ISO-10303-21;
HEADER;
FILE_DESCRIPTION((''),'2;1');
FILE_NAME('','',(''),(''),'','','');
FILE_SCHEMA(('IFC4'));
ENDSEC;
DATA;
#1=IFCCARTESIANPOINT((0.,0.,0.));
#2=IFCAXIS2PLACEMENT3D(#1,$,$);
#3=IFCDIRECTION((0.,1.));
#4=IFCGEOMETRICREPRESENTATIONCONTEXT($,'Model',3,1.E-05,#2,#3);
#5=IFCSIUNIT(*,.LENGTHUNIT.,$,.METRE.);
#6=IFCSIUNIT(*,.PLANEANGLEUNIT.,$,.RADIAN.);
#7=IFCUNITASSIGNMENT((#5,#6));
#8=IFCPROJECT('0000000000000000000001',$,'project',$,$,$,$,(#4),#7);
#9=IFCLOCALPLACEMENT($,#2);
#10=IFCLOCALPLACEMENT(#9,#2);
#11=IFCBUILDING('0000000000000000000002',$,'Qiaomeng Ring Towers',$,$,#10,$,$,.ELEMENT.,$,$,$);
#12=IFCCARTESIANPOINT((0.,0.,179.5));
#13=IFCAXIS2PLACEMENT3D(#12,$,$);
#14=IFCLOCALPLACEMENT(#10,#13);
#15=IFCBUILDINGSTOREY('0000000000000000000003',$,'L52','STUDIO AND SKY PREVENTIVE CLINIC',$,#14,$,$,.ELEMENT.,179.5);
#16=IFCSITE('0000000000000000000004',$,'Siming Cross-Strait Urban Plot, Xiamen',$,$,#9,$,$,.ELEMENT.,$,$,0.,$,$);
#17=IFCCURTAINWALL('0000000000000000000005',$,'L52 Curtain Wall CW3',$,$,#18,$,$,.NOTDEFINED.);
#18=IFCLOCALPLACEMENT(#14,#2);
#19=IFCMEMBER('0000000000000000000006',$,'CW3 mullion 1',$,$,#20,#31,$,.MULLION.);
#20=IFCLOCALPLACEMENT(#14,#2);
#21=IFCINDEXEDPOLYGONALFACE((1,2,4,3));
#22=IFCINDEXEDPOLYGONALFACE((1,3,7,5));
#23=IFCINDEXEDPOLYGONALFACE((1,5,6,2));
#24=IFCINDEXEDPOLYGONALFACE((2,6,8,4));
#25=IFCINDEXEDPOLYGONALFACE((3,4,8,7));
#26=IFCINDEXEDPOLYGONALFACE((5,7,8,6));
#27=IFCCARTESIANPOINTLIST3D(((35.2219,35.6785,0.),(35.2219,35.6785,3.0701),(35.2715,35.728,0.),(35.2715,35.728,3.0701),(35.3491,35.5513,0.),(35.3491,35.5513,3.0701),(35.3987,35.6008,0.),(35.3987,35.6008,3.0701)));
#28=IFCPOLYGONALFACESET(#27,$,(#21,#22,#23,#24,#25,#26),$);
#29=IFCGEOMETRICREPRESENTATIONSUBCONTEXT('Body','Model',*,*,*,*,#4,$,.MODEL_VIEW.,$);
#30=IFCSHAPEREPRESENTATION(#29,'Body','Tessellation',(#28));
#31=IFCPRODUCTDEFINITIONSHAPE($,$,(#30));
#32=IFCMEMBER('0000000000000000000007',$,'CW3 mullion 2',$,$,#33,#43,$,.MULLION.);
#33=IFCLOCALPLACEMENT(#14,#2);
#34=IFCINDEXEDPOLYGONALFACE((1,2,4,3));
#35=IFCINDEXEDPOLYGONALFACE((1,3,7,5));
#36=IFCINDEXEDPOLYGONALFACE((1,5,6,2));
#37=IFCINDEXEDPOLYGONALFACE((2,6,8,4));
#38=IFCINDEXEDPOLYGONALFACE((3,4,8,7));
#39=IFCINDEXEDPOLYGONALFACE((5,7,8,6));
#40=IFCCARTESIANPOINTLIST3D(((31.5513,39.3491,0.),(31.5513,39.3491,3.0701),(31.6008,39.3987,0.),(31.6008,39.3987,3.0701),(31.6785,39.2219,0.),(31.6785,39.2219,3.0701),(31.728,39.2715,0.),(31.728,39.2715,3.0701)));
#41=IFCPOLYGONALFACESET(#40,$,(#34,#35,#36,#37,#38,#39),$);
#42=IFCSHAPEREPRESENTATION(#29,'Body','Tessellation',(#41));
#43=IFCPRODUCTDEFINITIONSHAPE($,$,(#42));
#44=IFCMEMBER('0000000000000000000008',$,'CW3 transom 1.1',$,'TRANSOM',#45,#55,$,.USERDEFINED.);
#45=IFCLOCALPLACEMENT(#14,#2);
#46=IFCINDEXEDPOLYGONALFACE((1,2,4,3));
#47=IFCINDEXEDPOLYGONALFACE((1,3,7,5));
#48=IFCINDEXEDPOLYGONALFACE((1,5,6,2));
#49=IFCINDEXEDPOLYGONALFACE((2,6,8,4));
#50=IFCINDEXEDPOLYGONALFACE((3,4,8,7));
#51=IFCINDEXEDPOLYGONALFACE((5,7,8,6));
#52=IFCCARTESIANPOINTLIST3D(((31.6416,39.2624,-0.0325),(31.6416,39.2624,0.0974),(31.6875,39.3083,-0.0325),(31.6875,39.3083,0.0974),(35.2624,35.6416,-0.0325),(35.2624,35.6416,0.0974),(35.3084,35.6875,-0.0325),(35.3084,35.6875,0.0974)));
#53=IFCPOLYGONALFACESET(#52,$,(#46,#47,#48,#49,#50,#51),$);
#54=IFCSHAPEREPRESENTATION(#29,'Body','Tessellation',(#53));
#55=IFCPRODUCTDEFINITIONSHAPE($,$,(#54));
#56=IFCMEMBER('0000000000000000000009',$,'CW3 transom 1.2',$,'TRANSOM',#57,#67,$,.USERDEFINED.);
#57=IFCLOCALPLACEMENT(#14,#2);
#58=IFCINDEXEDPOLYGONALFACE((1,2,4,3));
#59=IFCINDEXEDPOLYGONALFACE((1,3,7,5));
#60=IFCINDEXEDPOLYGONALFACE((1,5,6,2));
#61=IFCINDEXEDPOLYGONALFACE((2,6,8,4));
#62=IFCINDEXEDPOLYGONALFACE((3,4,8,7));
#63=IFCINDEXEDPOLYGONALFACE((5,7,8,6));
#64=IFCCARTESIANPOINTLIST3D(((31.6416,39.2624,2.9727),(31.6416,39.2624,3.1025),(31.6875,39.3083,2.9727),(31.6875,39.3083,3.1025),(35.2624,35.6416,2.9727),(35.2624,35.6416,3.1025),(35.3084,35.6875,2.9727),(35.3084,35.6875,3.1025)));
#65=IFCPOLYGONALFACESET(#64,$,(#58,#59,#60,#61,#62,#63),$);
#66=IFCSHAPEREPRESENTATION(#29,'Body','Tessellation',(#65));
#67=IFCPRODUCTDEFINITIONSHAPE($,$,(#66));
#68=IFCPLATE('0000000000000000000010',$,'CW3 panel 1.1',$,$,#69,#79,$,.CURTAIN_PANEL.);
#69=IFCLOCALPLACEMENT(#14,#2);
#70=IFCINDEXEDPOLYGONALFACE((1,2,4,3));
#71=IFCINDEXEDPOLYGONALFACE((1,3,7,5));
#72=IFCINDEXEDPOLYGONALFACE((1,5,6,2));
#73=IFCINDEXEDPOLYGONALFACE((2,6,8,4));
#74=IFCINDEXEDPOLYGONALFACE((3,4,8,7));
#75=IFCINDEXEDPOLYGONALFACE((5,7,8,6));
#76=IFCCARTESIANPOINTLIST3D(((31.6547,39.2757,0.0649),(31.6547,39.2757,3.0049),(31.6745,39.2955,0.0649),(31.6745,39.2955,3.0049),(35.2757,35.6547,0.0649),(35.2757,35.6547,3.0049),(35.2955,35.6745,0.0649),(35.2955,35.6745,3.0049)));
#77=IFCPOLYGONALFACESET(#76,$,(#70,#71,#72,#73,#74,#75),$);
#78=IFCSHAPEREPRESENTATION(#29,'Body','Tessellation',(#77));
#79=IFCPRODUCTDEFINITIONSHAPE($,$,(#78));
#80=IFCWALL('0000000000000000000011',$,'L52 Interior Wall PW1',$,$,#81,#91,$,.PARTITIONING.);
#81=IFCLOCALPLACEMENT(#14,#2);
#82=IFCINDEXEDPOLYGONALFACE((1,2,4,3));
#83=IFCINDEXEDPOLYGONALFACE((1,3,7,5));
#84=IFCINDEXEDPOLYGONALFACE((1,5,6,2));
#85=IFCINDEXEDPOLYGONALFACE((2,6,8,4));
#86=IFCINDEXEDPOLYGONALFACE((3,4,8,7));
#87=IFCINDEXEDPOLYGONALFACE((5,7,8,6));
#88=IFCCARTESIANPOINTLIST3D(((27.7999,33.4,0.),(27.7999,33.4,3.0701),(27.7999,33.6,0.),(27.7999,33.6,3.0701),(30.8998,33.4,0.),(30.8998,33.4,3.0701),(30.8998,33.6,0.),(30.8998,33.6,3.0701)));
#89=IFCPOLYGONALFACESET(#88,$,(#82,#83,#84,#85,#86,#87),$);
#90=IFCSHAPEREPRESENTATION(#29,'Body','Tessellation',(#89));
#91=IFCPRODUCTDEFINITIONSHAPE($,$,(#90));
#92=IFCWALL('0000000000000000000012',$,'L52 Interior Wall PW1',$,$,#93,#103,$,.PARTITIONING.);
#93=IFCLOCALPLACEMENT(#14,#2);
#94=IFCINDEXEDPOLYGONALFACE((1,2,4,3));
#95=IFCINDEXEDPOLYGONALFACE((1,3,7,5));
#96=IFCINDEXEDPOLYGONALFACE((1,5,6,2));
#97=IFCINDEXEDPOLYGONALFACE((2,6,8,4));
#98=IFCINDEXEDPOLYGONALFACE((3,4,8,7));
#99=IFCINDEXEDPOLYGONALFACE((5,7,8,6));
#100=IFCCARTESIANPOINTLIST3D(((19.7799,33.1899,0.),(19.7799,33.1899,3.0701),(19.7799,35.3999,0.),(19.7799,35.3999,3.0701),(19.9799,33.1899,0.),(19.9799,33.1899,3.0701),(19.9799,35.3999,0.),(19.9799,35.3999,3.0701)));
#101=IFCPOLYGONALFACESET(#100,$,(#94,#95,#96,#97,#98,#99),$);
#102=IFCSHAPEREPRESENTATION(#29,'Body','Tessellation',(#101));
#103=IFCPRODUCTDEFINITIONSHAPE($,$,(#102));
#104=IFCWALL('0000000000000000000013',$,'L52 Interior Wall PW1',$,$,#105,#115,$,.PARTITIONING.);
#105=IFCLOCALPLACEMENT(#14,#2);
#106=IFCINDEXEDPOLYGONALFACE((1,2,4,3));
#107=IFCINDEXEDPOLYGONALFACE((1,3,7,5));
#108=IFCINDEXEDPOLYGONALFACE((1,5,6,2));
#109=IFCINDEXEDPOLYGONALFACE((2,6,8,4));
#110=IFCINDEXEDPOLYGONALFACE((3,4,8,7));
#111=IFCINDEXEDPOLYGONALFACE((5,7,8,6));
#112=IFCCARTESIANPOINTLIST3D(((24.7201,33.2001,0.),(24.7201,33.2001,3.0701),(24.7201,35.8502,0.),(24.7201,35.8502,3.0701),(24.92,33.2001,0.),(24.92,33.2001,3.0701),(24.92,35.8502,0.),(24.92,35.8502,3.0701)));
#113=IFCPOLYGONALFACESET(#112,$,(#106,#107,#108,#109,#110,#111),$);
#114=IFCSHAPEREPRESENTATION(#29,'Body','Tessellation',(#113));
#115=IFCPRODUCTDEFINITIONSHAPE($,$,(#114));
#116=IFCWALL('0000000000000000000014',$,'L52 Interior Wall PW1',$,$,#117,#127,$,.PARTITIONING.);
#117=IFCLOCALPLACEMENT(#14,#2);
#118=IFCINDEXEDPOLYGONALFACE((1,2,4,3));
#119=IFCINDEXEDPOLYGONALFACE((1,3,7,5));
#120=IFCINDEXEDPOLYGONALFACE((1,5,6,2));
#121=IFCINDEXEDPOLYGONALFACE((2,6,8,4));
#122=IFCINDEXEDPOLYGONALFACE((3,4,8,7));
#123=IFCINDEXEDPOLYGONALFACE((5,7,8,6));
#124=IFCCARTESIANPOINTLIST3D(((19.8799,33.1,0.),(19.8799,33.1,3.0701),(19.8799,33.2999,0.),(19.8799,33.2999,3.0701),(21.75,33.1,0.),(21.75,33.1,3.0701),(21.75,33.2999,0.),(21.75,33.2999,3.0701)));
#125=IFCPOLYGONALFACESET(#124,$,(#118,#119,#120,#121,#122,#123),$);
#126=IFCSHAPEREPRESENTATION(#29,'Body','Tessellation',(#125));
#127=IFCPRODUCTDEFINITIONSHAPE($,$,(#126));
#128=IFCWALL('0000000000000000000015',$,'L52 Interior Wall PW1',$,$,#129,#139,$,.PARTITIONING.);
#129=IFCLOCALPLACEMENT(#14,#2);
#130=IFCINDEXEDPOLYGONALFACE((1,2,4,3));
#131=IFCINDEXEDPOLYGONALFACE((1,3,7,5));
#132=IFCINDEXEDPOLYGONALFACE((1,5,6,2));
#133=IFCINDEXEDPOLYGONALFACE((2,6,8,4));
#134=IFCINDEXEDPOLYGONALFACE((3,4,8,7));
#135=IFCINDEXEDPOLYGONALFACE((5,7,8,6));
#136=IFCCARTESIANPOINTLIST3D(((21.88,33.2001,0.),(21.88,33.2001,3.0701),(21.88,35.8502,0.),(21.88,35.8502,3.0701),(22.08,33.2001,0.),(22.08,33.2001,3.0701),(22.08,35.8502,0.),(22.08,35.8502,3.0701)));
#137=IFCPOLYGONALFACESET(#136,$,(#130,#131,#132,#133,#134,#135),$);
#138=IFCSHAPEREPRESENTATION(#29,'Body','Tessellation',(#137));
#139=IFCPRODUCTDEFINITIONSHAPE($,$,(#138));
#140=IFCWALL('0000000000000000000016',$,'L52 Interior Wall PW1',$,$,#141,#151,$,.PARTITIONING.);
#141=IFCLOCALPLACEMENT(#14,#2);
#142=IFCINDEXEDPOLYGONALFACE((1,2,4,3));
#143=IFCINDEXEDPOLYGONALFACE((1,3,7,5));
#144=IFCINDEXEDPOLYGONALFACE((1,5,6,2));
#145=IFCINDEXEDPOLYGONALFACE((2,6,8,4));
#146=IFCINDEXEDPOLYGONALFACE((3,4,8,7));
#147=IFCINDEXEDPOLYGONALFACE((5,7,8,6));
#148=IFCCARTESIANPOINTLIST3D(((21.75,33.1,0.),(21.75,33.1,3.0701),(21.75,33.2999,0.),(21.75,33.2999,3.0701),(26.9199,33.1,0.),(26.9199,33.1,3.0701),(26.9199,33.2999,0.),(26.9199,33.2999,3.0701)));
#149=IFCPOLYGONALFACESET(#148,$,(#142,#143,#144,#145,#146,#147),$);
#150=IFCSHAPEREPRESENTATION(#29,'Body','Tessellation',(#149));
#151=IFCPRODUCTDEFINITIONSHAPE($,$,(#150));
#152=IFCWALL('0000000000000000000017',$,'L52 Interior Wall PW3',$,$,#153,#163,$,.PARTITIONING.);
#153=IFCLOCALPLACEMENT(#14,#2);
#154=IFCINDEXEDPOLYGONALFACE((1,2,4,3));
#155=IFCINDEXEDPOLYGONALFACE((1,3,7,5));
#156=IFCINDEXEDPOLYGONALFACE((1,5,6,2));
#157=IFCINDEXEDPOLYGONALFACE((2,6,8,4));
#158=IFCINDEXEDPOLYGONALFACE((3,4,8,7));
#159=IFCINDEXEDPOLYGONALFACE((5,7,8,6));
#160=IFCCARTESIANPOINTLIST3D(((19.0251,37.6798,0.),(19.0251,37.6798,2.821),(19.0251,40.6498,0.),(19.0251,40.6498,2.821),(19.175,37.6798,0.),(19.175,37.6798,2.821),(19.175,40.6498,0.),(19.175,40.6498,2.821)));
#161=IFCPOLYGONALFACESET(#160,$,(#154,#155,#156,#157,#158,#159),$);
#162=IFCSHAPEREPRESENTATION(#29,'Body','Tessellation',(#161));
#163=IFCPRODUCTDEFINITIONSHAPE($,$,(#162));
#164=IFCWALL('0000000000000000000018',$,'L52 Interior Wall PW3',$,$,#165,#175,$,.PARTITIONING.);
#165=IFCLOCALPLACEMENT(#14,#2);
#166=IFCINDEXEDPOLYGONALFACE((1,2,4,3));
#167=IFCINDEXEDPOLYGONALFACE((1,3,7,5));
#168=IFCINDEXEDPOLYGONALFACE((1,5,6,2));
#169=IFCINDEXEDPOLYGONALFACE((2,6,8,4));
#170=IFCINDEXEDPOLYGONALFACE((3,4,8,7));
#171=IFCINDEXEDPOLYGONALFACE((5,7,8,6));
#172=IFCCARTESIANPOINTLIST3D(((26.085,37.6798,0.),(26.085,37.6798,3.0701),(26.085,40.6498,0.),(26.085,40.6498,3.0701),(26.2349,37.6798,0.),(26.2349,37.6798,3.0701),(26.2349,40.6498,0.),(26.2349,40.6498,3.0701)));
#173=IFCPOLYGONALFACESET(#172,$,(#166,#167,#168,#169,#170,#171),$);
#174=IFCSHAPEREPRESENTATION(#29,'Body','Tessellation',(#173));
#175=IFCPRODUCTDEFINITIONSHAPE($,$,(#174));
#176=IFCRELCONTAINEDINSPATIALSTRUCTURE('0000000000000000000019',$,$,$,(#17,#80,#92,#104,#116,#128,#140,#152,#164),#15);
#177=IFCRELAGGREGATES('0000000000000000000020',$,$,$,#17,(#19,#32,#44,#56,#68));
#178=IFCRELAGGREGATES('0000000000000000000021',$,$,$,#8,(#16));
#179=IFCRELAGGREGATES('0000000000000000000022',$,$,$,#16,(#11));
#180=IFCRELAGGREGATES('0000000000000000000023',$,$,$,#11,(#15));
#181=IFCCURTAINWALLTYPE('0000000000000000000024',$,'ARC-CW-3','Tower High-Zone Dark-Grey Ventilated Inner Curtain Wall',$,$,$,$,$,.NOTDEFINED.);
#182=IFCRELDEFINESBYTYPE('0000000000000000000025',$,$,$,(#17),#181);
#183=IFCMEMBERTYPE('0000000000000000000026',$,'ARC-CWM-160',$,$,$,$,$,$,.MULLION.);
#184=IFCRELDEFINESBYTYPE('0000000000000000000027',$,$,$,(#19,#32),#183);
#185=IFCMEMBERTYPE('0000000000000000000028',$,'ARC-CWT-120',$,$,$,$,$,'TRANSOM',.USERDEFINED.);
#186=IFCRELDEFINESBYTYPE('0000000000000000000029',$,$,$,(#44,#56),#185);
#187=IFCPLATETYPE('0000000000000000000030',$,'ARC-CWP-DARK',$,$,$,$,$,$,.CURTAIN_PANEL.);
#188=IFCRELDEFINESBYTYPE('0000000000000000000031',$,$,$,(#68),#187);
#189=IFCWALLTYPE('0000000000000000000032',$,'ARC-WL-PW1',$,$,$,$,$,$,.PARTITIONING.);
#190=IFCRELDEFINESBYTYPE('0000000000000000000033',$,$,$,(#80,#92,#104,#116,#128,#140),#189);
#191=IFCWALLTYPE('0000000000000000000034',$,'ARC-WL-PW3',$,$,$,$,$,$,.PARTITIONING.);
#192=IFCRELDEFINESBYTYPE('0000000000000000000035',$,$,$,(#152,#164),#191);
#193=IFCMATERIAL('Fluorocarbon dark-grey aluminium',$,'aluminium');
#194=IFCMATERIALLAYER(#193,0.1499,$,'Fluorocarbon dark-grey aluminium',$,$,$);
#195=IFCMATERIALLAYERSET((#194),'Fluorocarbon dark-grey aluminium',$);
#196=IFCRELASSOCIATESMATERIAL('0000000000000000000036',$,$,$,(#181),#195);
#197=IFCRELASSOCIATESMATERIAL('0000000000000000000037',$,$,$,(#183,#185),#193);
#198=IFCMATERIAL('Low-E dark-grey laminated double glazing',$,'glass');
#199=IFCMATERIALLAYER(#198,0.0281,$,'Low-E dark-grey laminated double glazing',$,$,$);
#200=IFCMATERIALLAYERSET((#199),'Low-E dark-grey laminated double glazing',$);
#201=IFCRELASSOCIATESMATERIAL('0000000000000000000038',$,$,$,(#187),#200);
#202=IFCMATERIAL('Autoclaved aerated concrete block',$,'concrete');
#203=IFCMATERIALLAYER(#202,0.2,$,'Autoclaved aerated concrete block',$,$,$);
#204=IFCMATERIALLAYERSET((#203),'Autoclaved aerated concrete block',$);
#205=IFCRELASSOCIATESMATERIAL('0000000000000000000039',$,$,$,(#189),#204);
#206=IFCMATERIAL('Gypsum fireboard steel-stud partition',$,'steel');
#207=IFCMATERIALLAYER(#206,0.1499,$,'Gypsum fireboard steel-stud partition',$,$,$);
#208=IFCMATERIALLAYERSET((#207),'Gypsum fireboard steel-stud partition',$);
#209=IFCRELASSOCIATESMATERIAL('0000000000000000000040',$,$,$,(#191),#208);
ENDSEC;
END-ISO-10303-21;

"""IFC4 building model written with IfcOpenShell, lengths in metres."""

from ifc_helpers import new_model, si_unit, direction, frame, frame_2d, origin, origin_2d, place, context, subcontext, project, spatial, rectangle, extrude, source, transform, mapped, material, layer, layer_set, material_profile, profile_set, type_object, element, aggregate, save


model = new_model("IFC4")

# Units and contexts
model_context = context("Model", 3, precision=1e-05, world=origin(), true_north=direction((0.0, 1.0)))
body_context = subcontext(model_context, "Body", "Model", "MODEL_VIEW")
ifc_project = project(units=[si_unit("LENGTHUNIT", "METRE"), si_unit("PLANEANGLEUNIT", "RADIAN")], contexts=[model_context])

# Site, building, storey
site_placement = place(None, origin())
site = spatial("IfcSite", under=ifc_project, at=site_placement, Name="Siming Cross-Strait Urban Plot, Xiamen", CompositionType="ELEMENT", RefElevation=0.0)
building_placement = place(site_placement, origin())
building = spatial("IfcBuilding", under=site, at=building_placement, Name="Qiaomeng Ring Towers", CompositionType="ELEMENT")
storey_placement = place(building_placement, frame((0.0, 0.0, 179.5)))
storey = spatial("IfcBuildingStorey", under=building, at=storey_placement, Name="L52", Description="STUDIO AND SKY PREVENTIVE CLINIC", CompositionType="ELEMENT", Elevation=179.5)

# Curtain wall, members, plate
ifc_material_1 = material(Name="Fluorocarbon dark-grey aluminium", Category="aluminium")
ifc_layer_1 = layer(ifc_material_1, 0.1499, Name="Fluorocarbon dark-grey aluminium")
ifc_layer_set_1 = layer_set([ifc_layer_1], Name="Fluorocarbon dark-grey aluminium")
curtain_wall_type = type_object("IfcCurtainWallType", Name="ARC-CW-3", Description="Tower High-Zone Dark-Grey Ventilated Inner Curtain Wall", PredefinedType="NOTDEFINED", material=ifc_layer_set_1)
curtain_wall_placement = place(storey_placement, origin())
curtain_wall = element("IfcCurtainWall", 1, at=curtain_wall_placement, inside=storey, type_object=curtain_wall_type, Name="L52 Curtain Wall CW3", PredefinedType="NOTDEFINED")
ifc_material_profile_1 = material_profile(ifc_material_1, rectangle(XDim=0.0701, YDim=0.1799, at=origin_2d()), Name="ALU MULL 70x180")
ifc_profile_set_1 = profile_set([ifc_material_profile_1], Name="Fluorocarbon dark-grey aluminium")
member_type_1 = type_object("IfcMemberType", Name="ARC-CWM-160", PredefinedType="MULLION", material=ifc_profile_set_1)
shared_shape_1 = source(origin(), body_context, "Body", "SweptSolid", [
    extrude(rectangle(XDim=0.0701, YDim=0.1799, at=origin_2d()), origin(), (0.0, 0.0, 1.0), 3.0701),
])
member_1_placement = place(storey_placement, frame((35.3103, 35.6396, 0.0), z_axis=(0.0, 0.0, 1.0), x_axis=(-0.707107, -0.707107, 0.0)))
member_1 = element("IfcMember", 2, at=member_1_placement, type_object=member_type_1, Name="CW3 mullion 1", PredefinedType="MULLION", context=body_context, shape_type="MappedRepresentation", body=[
    mapped(shared_shape_1, transform((0.0, 0.0, 0.0), x_axis=(1.0, 0.0, 0.0), y_axis=(0.0, 1.0, 0.0), z_axis=(0.0, 0.0, 1.0), scale=1.0)),
])
member_2_placement = place(storey_placement, frame((31.6396, 39.3103, 0.0), z_axis=(0.0, 0.0, 1.0), x_axis=(-0.707107, -0.707107, 0.0)))
member_2 = element("IfcMember", 3, at=member_2_placement, type_object=member_type_1, Name="CW3 mullion 2", PredefinedType="MULLION", context=body_context, shape_type="MappedRepresentation", body=[
    mapped(shared_shape_1, transform((0.0, 0.0, 0.0), x_axis=(1.0, 0.0, 0.0), y_axis=(0.0, 1.0, 0.0), z_axis=(0.0, 0.0, 1.0), scale=1.0)),
])
ifc_material_profile_2 = material_profile(ifc_material_1, rectangle(XDim=0.0649, YDim=0.1299, at=origin_2d()), Name="ALU TRAN 65x130")
ifc_profile_set_2 = profile_set([ifc_material_profile_2], Name="Fluorocarbon dark-grey aluminium")
member_type_2 = type_object("IfcMemberType", Name="ARC-CWT-120", ElementType="TRANSOM", PredefinedType="USERDEFINED", material=ifc_profile_set_2)
shared_shape_2 = source(origin(), body_context, "Body", "SweptSolid", [
    extrude(rectangle(XDim=0.0649, YDim=0.1299, at=origin_2d()), origin(), (0.0, 0.0, 1.0), 5.1206),
])
member_3_placement = place(storey_placement, frame((35.2854, 35.6646, 0.0325), z_axis=(-0.707107, 0.707107, 0.0), x_axis=(-0.707107, -0.707107, 0.0)))
member_3 = element("IfcMember", 4, at=member_3_placement, type_object=member_type_2, Name="CW3 transom 1.1", ObjectType="TRANSOM", PredefinedType="USERDEFINED", context=body_context, shape_type="MappedRepresentation", body=[
    mapped(shared_shape_2, transform((0.0, 0.0, 0.0), x_axis=(1.0, 0.0, 0.0), y_axis=(0.0, 1.0, 0.0), z_axis=(0.0, 0.0, 1.0), scale=1.0)),
])
member_4_placement = place(storey_placement, frame((35.2854, 35.6646, 3.0376), z_axis=(-0.707107, 0.707107, 0.0), x_axis=(-0.707107, -0.707107, 0.0)))
member_4 = element("IfcMember", 5, at=member_4_placement, type_object=member_type_2, Name="CW3 transom 1.2", ObjectType="TRANSOM", PredefinedType="USERDEFINED", context=body_context, shape_type="MappedRepresentation", body=[
    mapped(shared_shape_2, transform((0.0, 0.0, 0.0), x_axis=(1.0, 0.0, 0.0), y_axis=(0.0, 1.0, 0.0), z_axis=(0.0, 0.0, 1.0), scale=1.0)),
])
ifc_material_2 = material(Name="Low-E dark-grey laminated double glazing", Category="glass")
ifc_layer_2 = layer(ifc_material_2, 0.0281, Name="Low-E dark-grey laminated double glazing")
ifc_layer_set_2 = layer_set([ifc_layer_2], Name="Low-E dark-grey laminated double glazing")
plate_type = type_object("IfcPlateType", Name="ARC-CWP-DARK", PredefinedType="CURTAIN_PANEL", material=ifc_layer_set_2)
shared_shape_3 = source(origin(), body_context, "Body", "SweptSolid", [
    extrude(rectangle(XDim=5.1208, YDim=0.0281, at=origin_2d()), origin(), (0.0, 0.0, 1.0), 2.9399),
])
plate_placement = place(storey_placement, frame((33.4751, 37.4751, 0.0649), z_axis=(0.0, 0.0, 1.0), x_axis=(-0.707107, 0.707107, 0.0)))
plate = element("IfcPlate", 6, at=plate_placement, type_object=plate_type, Name="CW3 panel 1.1", PredefinedType="CURTAIN_PANEL", context=body_context, shape_type="MappedRepresentation", body=[
    mapped(shared_shape_3, transform((0.0, 0.0, 0.0), x_axis=(1.0, 0.0, 0.0), y_axis=(0.0, 1.0, 0.0), z_axis=(0.0, 0.0, 1.0), scale=1.0)),
])
aggregate(curtain_wall, [member_1, member_2, member_3, member_4, plate])

# Walls
ifc_material_3 = material(Name="Autoclaved aerated concrete block", Category="concrete")
ifc_layer_3 = layer(ifc_material_3, 0.2, Name="Autoclaved aerated concrete block")
ifc_layer_set_3 = layer_set([ifc_layer_3], Name="Autoclaved aerated concrete block")
wall_type_1 = type_object("IfcWallType", Name="ARC-WL-PW1", PredefinedType="PARTITIONING", material=ifc_layer_set_3)
wall_1_placement = place(storey_placement, frame((27.8, 33.5, 0.0), z_axis=(0.0, 0.0, 1.0), x_axis=(1.0, 0.0, 0.0)))
element("IfcWall", 7, at=wall_1_placement, inside=storey, type_object=wall_type_1, Name="L52 Interior Wall PW1", PredefinedType="PARTITIONING", context=body_context, shape_type="SweptSolid", body=[
    extrude(rectangle(XDim=3.0999, YDim=0.2, at=frame_2d((1.5498, 0.0))), origin(), (0.0, 0.0, 1.0), 3.0701),
])
wall_2_placement = place(storey_placement, frame((19.8799, 33.1899, 0.0), z_axis=(0.0, 0.0, 1.0), x_axis=(0.0, 1.0, 0.0)))
element("IfcWall", 8, at=wall_2_placement, inside=storey, type_object=wall_type_1, Name="L52 Interior Wall PW1", PredefinedType="PARTITIONING", context=body_context, shape_type="SweptSolid", body=[
    extrude(rectangle(XDim=2.21, YDim=0.2, at=frame_2d((1.105, 0.0))), origin(), (0.0, 0.0, 1.0), 3.0701),
])
wall_3_placement = place(storey_placement, frame((24.8201, 33.2, 0.0), z_axis=(0.0, 0.0, 1.0), x_axis=(0.0, 1.0, 0.0)))
element("IfcWall", 9, at=wall_3_placement, inside=storey, type_object=wall_type_1, Name="L52 Interior Wall PW1", PredefinedType="PARTITIONING", context=body_context, shape_type="SweptSolid", body=[
    extrude(rectangle(XDim=2.6501, YDim=0.2, at=frame_2d((1.3252, 0.0))), origin(), (0.0, 0.0, 1.0), 3.0701),
])
wall_4_placement = place(storey_placement, frame((19.8799, 33.2, 0.0), z_axis=(0.0, 0.0, 1.0), x_axis=(1.0, 0.0, 0.0)))
element("IfcWall", 10, at=wall_4_placement, inside=storey, type_object=wall_type_1, Name="L52 Interior Wall PW1", PredefinedType="PARTITIONING", context=body_context, shape_type="SweptSolid", body=[
    extrude(rectangle(XDim=1.8701, YDim=0.2, at=frame_2d((0.9351, 0.0))), origin(), (0.0, 0.0, 1.0), 3.0701),
])
wall_5_placement = place(storey_placement, frame((21.98, 33.2, 0.0), z_axis=(0.0, 0.0, 1.0), x_axis=(0.0, 1.0, 0.0)))
element("IfcWall", 11, at=wall_5_placement, inside=storey, type_object=wall_type_1, Name="L52 Interior Wall PW1", PredefinedType="PARTITIONING", context=body_context, shape_type="SweptSolid", body=[
    extrude(rectangle(XDim=2.6501, YDim=0.2, at=frame_2d((1.3252, 0.0))), origin(), (0.0, 0.0, 1.0), 3.0701),
])
wall_6_placement = place(storey_placement, frame((21.75, 33.2, 0.0), z_axis=(0.0, 0.0, 1.0), x_axis=(1.0, 0.0, 0.0)))
element("IfcWall", 12, at=wall_6_placement, inside=storey, type_object=wall_type_1, Name="L52 Interior Wall PW1", PredefinedType="PARTITIONING", context=body_context, shape_type="SweptSolid", body=[
    extrude(rectangle(XDim=5.1699, YDim=0.2, at=frame_2d((2.585, 0.0))), origin(), (0.0, 0.0, 1.0), 3.0701),
])
ifc_material_4 = material(Name="Gypsum fireboard steel-stud partition", Category="steel")
ifc_layer_4 = layer(ifc_material_4, 0.1499, Name="Gypsum fireboard steel-stud partition")
ifc_layer_set_4 = layer_set([ifc_layer_4], Name="Gypsum fireboard steel-stud partition")
wall_type_2 = type_object("IfcWallType", Name="ARC-WL-PW3", PredefinedType="PARTITIONING", material=ifc_layer_set_4)
wall_7_placement = place(storey_placement, frame((19.1001, 37.6799, 0.0), z_axis=(0.0, 0.0, 1.0), x_axis=(0.0, 1.0, 0.0)))
element("IfcWall", 13, at=wall_7_placement, inside=storey, type_object=wall_type_2, Name="L52 Interior Wall PW3", PredefinedType="PARTITIONING", context=body_context, shape_type="SweptSolid", body=[
    extrude(rectangle(XDim=2.97, YDim=0.1499, at=frame_2d((1.4849, 0.0))), origin(), (0.0, 0.0, 1.0), 2.821),
])
for number, where, z_axis, x_axis, name in (
    (14, (26.1599, 37.6799, 0.0), (0.0, 0.0, 1.0), (0.0, 1.0, 0.0), "L52 Interior Wall PW3"),
):
    element("IfcWall", number, at=place(storey_placement, frame(where, z_axis=z_axis, x_axis=x_axis)), inside=storey, type_object=wall_type_2, Name=name, PredefinedType="PARTITIONING", context=body_context, shape_type="SweptSolid", body=[
        extrude(rectangle(XDim=2.97, YDim=0.1499, at=frame_2d((1.4849, 0.0))), origin(), (0.0, 0.0, 1.0), 3.0701),
    ])

save(model, "model.ifc")
